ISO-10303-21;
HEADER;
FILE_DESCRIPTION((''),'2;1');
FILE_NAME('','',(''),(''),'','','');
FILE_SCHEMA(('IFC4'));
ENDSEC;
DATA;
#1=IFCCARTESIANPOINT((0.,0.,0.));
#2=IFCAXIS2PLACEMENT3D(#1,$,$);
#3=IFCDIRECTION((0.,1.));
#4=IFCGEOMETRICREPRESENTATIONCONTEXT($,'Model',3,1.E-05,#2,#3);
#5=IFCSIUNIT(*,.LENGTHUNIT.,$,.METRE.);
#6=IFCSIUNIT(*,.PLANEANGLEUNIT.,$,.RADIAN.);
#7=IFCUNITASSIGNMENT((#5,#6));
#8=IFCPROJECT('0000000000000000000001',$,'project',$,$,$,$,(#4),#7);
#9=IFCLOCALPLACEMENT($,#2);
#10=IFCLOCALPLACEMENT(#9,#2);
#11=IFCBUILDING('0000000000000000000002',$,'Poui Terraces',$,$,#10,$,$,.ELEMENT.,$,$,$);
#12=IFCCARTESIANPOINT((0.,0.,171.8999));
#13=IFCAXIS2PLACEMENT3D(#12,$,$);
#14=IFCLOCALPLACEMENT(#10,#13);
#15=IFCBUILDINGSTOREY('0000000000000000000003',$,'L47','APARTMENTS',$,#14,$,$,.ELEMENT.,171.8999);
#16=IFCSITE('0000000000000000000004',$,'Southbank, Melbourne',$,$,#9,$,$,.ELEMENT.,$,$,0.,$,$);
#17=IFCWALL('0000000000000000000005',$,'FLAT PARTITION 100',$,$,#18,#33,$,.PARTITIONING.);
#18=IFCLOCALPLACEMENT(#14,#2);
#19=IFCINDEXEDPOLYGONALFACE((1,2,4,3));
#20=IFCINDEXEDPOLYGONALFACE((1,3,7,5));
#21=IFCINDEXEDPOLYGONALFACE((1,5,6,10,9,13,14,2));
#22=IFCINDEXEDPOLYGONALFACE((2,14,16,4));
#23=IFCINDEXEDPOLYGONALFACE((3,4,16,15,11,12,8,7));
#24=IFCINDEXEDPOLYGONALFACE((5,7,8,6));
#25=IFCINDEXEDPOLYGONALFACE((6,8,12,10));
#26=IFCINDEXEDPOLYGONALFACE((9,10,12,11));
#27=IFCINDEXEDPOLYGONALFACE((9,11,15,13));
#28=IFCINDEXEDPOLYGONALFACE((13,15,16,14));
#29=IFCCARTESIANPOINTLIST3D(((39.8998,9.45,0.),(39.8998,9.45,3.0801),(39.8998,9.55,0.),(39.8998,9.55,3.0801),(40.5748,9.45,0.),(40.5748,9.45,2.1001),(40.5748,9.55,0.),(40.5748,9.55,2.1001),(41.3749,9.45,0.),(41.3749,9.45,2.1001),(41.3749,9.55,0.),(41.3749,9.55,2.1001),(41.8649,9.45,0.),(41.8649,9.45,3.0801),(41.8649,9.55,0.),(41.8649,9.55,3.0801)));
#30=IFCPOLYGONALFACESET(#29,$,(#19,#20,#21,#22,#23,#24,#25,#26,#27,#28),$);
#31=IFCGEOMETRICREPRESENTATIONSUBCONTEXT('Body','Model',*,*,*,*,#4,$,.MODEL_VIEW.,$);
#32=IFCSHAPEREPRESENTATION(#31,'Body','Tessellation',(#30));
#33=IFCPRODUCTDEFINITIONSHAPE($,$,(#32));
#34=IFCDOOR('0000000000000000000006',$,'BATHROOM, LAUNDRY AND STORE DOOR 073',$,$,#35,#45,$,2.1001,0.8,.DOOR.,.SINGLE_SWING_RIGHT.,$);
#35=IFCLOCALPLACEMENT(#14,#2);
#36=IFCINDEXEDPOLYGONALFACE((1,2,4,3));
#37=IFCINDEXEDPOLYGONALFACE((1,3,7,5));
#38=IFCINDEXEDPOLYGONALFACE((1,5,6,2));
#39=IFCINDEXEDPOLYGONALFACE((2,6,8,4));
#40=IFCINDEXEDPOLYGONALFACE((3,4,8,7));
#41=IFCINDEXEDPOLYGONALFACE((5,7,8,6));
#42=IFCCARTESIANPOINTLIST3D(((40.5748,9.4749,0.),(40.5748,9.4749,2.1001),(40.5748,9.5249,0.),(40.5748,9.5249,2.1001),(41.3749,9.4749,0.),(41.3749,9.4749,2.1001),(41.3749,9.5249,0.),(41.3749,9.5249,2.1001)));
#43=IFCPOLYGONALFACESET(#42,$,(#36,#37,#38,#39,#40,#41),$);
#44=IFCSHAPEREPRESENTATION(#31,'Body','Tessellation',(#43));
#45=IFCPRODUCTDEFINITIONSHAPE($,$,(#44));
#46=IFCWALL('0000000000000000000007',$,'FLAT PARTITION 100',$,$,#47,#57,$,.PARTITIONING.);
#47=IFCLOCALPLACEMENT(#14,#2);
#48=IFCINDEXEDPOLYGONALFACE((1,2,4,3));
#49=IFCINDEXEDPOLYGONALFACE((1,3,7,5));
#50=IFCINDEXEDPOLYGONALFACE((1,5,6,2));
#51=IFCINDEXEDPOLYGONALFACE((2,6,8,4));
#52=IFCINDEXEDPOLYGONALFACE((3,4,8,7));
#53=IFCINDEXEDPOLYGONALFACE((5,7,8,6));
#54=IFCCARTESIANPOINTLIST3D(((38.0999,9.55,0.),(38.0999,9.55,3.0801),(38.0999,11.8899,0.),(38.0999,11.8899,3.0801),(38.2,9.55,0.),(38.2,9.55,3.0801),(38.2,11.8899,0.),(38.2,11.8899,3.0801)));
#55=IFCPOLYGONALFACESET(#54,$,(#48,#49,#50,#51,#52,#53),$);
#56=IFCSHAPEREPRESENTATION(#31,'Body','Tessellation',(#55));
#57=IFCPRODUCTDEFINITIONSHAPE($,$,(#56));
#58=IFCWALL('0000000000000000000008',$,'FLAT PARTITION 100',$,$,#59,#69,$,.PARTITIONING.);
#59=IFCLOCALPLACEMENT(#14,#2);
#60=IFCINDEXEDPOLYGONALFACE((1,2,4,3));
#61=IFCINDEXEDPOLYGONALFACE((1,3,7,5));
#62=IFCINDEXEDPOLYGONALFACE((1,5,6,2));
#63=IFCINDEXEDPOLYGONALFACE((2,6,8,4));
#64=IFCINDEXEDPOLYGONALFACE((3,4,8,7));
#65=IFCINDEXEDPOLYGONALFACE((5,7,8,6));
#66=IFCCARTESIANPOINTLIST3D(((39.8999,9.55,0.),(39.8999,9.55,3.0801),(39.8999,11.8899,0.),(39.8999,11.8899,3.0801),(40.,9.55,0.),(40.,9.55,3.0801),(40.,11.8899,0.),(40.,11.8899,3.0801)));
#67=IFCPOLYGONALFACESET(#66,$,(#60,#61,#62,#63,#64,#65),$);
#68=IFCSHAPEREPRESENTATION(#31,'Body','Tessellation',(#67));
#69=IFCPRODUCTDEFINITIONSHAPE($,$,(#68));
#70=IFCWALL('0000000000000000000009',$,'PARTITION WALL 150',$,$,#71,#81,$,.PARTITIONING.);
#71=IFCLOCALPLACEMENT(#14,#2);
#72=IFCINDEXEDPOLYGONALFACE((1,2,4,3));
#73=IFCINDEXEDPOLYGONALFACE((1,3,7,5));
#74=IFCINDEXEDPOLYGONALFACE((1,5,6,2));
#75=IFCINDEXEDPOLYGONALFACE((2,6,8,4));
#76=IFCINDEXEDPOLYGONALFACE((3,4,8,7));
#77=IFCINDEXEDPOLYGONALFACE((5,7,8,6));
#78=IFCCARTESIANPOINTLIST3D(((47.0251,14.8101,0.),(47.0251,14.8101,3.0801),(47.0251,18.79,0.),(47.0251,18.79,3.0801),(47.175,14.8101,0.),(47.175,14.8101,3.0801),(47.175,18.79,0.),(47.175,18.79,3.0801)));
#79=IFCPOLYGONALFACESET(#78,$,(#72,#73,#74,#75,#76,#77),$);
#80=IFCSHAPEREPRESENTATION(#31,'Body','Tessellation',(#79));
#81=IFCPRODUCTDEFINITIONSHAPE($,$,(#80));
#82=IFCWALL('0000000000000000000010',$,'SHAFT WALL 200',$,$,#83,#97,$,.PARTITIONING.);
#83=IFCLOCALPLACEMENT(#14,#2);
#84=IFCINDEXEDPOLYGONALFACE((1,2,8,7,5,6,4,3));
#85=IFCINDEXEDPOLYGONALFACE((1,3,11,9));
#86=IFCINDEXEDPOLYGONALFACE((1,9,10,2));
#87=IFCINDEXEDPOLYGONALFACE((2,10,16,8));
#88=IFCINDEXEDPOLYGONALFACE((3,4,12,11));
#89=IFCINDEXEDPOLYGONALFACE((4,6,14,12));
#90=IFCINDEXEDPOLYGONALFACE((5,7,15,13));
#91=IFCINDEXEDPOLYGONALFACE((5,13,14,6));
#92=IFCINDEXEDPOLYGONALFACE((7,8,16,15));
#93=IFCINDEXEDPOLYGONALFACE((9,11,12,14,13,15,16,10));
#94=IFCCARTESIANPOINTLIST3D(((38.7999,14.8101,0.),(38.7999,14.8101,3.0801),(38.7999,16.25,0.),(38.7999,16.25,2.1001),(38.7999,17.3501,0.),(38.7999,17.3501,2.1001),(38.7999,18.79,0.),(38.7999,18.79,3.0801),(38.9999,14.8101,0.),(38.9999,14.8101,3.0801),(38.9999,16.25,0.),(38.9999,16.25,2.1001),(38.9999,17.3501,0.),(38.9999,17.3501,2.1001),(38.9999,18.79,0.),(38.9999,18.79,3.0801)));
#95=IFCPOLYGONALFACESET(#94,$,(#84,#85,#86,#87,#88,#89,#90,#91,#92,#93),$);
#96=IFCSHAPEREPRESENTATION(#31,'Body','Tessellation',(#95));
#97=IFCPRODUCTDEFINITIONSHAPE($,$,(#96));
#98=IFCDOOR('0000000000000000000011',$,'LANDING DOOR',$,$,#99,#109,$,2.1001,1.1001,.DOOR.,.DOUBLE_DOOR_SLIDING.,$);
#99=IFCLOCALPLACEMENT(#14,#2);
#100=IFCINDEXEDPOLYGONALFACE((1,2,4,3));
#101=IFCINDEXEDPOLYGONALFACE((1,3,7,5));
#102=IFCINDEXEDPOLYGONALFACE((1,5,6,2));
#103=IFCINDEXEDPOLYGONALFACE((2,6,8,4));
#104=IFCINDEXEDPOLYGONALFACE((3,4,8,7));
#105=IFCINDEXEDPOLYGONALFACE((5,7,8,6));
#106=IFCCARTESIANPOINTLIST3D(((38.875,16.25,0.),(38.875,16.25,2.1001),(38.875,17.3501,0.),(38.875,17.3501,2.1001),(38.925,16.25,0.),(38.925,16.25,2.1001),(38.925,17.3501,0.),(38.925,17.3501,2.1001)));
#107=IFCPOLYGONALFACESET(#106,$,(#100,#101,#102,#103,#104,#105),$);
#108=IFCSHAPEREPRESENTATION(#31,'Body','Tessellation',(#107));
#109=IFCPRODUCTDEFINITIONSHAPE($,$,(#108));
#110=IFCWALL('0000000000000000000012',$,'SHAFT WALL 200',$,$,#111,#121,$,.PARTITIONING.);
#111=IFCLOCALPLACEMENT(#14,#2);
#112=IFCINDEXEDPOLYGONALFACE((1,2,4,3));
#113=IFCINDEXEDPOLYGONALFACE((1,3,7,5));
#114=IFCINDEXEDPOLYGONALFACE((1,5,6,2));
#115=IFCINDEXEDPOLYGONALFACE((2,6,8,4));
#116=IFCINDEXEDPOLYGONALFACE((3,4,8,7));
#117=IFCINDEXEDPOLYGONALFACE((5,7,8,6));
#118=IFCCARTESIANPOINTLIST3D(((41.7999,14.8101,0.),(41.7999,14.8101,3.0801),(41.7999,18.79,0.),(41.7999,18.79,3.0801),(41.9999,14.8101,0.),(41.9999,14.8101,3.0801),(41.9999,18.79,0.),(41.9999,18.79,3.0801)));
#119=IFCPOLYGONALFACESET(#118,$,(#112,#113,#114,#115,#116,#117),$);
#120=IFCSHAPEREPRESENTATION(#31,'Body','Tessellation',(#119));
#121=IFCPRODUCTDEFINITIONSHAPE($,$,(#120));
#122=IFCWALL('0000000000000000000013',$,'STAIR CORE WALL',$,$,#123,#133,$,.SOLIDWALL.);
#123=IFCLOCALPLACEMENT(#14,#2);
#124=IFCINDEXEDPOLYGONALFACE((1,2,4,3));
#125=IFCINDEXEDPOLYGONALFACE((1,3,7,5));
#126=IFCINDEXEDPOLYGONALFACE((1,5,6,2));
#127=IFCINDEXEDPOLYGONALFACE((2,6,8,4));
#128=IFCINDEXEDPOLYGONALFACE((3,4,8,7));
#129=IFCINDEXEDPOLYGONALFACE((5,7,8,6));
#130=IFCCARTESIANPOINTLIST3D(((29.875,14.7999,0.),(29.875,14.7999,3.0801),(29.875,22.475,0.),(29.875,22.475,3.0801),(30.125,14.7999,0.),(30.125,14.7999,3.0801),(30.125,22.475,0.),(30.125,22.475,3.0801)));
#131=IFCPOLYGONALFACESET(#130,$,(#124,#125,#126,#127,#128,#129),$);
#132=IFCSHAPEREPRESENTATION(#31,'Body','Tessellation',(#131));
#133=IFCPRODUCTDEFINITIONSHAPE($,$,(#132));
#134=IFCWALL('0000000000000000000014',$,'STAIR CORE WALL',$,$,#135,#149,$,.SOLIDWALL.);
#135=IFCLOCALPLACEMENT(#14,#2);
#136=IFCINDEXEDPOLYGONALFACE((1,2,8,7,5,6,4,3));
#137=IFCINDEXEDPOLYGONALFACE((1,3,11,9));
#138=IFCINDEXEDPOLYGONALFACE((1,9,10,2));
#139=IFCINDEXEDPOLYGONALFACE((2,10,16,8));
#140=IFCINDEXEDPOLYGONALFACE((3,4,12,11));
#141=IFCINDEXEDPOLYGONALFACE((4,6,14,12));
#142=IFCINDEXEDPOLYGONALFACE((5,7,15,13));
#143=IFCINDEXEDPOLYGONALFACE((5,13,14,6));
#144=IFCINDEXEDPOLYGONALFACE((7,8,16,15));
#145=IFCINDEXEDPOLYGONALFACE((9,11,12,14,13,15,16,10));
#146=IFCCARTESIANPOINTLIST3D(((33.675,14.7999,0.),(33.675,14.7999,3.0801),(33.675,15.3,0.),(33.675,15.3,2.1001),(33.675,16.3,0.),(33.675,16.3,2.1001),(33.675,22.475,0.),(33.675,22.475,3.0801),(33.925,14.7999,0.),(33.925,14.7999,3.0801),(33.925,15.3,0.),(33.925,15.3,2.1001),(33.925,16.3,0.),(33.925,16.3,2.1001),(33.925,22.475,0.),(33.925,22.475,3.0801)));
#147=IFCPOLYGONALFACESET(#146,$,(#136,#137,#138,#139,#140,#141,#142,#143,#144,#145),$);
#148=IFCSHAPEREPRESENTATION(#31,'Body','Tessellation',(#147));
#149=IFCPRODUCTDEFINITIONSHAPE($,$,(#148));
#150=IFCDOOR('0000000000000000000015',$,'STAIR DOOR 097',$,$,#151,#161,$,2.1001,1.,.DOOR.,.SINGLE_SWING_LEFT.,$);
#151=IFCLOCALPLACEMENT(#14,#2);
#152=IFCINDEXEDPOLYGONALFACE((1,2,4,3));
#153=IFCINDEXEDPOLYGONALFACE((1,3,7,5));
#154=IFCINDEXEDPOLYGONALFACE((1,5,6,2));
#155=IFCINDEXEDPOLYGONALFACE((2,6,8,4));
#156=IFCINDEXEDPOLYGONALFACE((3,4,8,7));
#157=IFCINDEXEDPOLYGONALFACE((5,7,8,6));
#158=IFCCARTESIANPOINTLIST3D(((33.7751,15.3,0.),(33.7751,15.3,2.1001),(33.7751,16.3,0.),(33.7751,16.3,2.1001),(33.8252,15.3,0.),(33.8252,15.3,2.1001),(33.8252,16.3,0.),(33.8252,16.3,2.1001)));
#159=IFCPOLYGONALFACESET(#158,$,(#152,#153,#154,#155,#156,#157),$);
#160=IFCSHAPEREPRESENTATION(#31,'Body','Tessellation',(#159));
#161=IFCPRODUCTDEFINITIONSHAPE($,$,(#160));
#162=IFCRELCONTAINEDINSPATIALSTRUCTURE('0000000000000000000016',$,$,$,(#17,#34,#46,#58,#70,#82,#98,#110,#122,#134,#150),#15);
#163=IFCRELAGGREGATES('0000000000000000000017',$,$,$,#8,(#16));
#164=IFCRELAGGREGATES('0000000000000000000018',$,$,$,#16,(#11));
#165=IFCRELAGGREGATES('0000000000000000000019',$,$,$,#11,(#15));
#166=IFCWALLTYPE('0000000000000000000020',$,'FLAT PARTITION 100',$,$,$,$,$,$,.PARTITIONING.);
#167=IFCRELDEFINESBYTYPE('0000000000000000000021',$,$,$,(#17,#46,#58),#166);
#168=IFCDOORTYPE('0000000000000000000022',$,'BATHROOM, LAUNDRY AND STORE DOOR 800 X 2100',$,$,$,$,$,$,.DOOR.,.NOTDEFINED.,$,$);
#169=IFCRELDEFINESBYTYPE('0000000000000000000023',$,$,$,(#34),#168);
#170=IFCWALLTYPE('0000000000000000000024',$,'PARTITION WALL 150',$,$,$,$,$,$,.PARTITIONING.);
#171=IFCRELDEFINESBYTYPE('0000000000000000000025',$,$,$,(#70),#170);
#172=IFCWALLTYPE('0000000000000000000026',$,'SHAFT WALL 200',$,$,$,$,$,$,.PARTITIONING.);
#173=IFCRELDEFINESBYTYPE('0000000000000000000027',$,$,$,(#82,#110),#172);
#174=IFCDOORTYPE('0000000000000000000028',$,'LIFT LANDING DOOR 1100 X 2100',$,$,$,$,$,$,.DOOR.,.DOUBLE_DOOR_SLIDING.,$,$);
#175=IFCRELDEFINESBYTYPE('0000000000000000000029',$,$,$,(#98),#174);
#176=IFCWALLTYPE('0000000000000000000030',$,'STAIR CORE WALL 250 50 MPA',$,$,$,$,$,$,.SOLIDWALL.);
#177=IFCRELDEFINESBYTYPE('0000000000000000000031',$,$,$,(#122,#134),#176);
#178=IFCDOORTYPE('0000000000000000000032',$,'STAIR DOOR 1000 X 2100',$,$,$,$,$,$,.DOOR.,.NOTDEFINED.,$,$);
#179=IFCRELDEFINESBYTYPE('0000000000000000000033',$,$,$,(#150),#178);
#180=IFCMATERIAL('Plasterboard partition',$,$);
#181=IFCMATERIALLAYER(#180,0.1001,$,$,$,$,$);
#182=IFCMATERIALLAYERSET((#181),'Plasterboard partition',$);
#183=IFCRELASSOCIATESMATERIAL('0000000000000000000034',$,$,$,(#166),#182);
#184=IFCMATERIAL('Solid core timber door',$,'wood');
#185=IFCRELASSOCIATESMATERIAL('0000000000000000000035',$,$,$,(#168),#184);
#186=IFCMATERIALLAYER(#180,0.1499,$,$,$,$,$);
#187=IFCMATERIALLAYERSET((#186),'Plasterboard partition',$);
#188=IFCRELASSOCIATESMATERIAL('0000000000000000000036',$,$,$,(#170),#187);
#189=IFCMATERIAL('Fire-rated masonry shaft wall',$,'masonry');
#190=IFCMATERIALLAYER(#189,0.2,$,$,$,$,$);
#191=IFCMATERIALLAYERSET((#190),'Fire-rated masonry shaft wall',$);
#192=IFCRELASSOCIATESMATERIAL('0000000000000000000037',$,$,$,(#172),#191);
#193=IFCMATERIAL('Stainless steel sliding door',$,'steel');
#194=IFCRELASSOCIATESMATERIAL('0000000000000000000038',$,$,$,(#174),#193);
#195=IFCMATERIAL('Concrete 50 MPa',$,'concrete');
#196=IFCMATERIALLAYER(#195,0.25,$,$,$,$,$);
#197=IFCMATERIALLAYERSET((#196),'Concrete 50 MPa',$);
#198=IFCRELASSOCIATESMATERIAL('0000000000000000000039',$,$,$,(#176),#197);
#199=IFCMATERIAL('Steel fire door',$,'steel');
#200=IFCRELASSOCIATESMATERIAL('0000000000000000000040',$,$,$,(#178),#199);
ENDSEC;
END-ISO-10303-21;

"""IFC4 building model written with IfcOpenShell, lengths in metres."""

from ifc_helpers import new_model, si_unit, direction, frame, frame_2d, origin, place, context, subcontext, project, spatial, rectangle, extrude, material, layer, layer_set, type_object, element, fill, save


model = new_model("IFC4")

# Units and contexts
model_context = context("Model", 3, precision=1e-05, world=origin(), true_north=direction((0.0, 1.0)))
body_context = subcontext(model_context, "Body", "Model", "MODEL_VIEW")
ifc_project = project(units=[si_unit("LENGTHUNIT", "METRE"), si_unit("PLANEANGLEUNIT", "RADIAN")], contexts=[model_context])

# Site, building, storey
site_placement = place(None, origin())
site = spatial("IfcSite", under=ifc_project, at=site_placement, Name="Southbank, Melbourne", CompositionType="ELEMENT", RefElevation=0.0)
building_placement = place(site_placement, origin())
building = spatial("IfcBuilding", under=site, at=building_placement, Name="Poui Terraces", CompositionType="ELEMENT")
storey_placement = place(building_placement, frame((0.0, 0.0, 171.8999)))
storey = spatial("IfcBuildingStorey", under=building, at=storey_placement, Name="L47", Description="APARTMENTS", CompositionType="ELEMENT", Elevation=171.8999)

# Shared definitions
ifc_material_1 = material(Name="Concrete 50 MPa", Category="concrete")

# Shared definitions
ifc_material_2 = material(Name="Steel fire door", Category="steel")

# Wall, opening, door
ifc_material_3 = material(Name="Plasterboard partition")
ifc_layer_1 = layer(ifc_material_3, 0.1001)
ifc_layer_set_1 = layer_set([ifc_layer_1], Name="Plasterboard partition")
wall_type_1 = type_object("IfcWallType", Name="FLAT PARTITION 100", PredefinedType="PARTITIONING", material=ifc_layer_set_1)
wall_1_placement = place(storey_placement, frame((39.8999, 9.5, 0.0), z_axis=(0.0, 0.0, 1.0), x_axis=(1.0, 0.0, 0.0)))
wall_1 = element("IfcWall", 1, at=wall_1_placement, inside=storey, type_object=wall_type_1, Name="FLAT PARTITION 100", PredefinedType="PARTITIONING", context=body_context, shape_type="SweptSolid", body=[
    extrude(rectangle(XDim=1.9651, YDim=0.1001, at=frame_2d((0.9824, 0.0))), origin(), (0.0, 0.0, 1.0), 3.0801),
])
opening_1_placement = place(wall_1_placement, frame((0.675, 0.0, 0.0)))
opening_1 = element("IfcOpeningElement", 2, at=opening_1_placement, cuts=wall_1, PredefinedType="OPENING", context=body_context, shape_type="SweptSolid", body=[
    extrude(rectangle(XDim=0.8, YDim=2.1001, at=frame_2d((0.3999, 1.05))), frame((0.0, 0.0601, 0.0), z_axis=(0.0, -1.0, 0.0), x_axis=(1.0, 0.0, 0.0)), (0.0, 0.0, 1.0), 0.1201),
])
ifc_material_4 = material(Name="Solid core timber door", Category="wood")
door_type_1 = type_object("IfcDoorType", Name="BATHROOM, LAUNDRY AND STORE DOOR 800 X 2100", OperationType="NOTDEFINED", PredefinedType="DOOR", material=ifc_material_4)
door_1_placement = place(opening_1_placement, origin())
door_1 = element("IfcDoor", 3, at=door_1_placement, inside=storey, type_object=door_type_1, Name="BATHROOM, LAUNDRY AND STORE DOOR 073", OperationType="SINGLE_SWING_RIGHT", OverallHeight=2.1001, OverallWidth=0.8, PredefinedType="DOOR", context=body_context, shape_type="SweptSolid", body=[
    extrude(rectangle(XDim=0.8, YDim=2.1001, at=frame_2d((0.3999, 1.05))), frame((0.0, 0.0249, 0.0), z_axis=(0.0, -1.0, 0.0), x_axis=(1.0, 0.0, 0.0)), (0.0, 0.0, 1.0), 0.05),
])
fill(opening_1, door_1)

# Walls
for number, where, z_axis, x_axis, name in (
    (4, (38.1499, 9.55, 0.0), (0.0, 0.0, 1.0), (0.0, 1.0, 0.0), "FLAT PARTITION 100"),
    (5, (39.95, 9.55, 0.0), (0.0, 0.0, 1.0), (0.0, 1.0, 0.0), "FLAT PARTITION 100"),
):
    element("IfcWall", number, at=place(storey_placement, frame(where, z_axis=z_axis, x_axis=x_axis)), inside=storey, type_object=wall_type_1, Name=name, PredefinedType="PARTITIONING", context=body_context, shape_type="SweptSolid", body=[
        extrude(rectangle(XDim=2.3398, YDim=0.1001, at=frame_2d((1.1699, 0.0))), origin(), (0.0, 0.0, 1.0), 3.0801),
    ])
ifc_layer_2 = layer(ifc_material_3, 0.1499)
ifc_layer_set_2 = layer_set([ifc_layer_2], Name="Plasterboard partition")
wall_type_2 = type_object("IfcWallType", Name="PARTITION WALL 150", PredefinedType="PARTITIONING", material=ifc_layer_set_2)
wall_2_placement = place(storey_placement, frame((47.1001, 14.8101, 0.0), z_axis=(0.0, 0.0, 1.0), x_axis=(0.0, 1.0, 0.0)))
element("IfcWall", 6, at=wall_2_placement, inside=storey, type_object=wall_type_2, Name="PARTITION WALL 150", PredefinedType="PARTITIONING", context=body_context, shape_type="SweptSolid", body=[
    extrude(rectangle(XDim=3.98, YDim=0.1499, at=frame_2d((1.99, 0.0))), origin(), (0.0, 0.0, 1.0), 3.0801),
])

# Wall, opening, door
ifc_material_5 = material(Name="Fire-rated masonry shaft wall", Category="masonry")
ifc_layer_3 = layer(ifc_material_5, 0.2)
ifc_layer_set_3 = layer_set([ifc_layer_3], Name="Fire-rated masonry shaft wall")
wall_type_3 = type_object("IfcWallType", Name="SHAFT WALL 200", PredefinedType="PARTITIONING", material=ifc_layer_set_3)
wall_3_placement = place(storey_placement, frame((38.8999, 14.8101, 0.0), z_axis=(0.0, 0.0, 1.0), x_axis=(0.0, 1.0, 0.0)))
wall_3 = element("IfcWall", 7, at=wall_3_placement, inside=storey, type_object=wall_type_3, Name="SHAFT WALL 200", PredefinedType="PARTITIONING", context=body_context, shape_type="SweptSolid", body=[
    extrude(rectangle(XDim=3.98, YDim=0.2, at=frame_2d((1.99, 0.0))), origin(), (0.0, 0.0, 1.0), 3.0801),
])
opening_2_placement = place(wall_3_placement, frame((1.4399, 0.0, 0.0)))
opening_2 = element("IfcOpeningElement", 8, at=opening_2_placement, cuts=wall_3, PredefinedType="OPENING", context=body_context, shape_type="SweptSolid", body=[
    extrude(rectangle(XDim=1.1001, YDim=2.1001, at=frame_2d((0.55, 1.05))), frame((0.0, 0.1099, 0.0), z_axis=(0.0, -1.0, 0.0), x_axis=(1.0, 0.0, 0.0)), (0.0, 0.0, 1.0), 0.22),
])
ifc_material_6 = material(Name="Stainless steel sliding door", Category="steel")
door_type_2 = type_object("IfcDoorType", Name="LIFT LANDING DOOR 1100 X 2100", OperationType="DOUBLE_DOOR_SLIDING", PredefinedType="DOOR", material=ifc_material_6)
door_2_placement = place(opening_2_placement, origin())
door_2 = element("IfcDoor", 9, at=door_2_placement, inside=storey, type_object=door_type_2, Name="LANDING DOOR", OperationType="DOUBLE_DOOR_SLIDING", OverallHeight=2.1001, OverallWidth=1.1001, PredefinedType="DOOR", context=body_context, shape_type="SweptSolid", body=[
    extrude(rectangle(XDim=1.1001, YDim=2.1001, at=frame_2d((0.55, 1.05))), frame((0.0, 0.0249, 0.0), z_axis=(0.0, -1.0, 0.0), x_axis=(1.0, 0.0, 0.0)), (0.0, 0.0, 1.0), 0.05),
])
fill(opening_2, door_2)

# Walls
wall_4_placement = place(storey_placement, frame((41.8999, 14.8101, 0.0), z_axis=(0.0, 0.0, 1.0), x_axis=(0.0, 1.0, 0.0)))
element("IfcWall", 10, at=wall_4_placement, inside=storey, type_object=wall_type_3, Name="SHAFT WALL 200", PredefinedType="PARTITIONING", context=body_context, shape_type="SweptSolid", body=[
    extrude(rectangle(XDim=3.98, YDim=0.2, at=frame_2d((1.99, 0.0))), origin(), (0.0, 0.0, 1.0), 3.0801),
])
ifc_layer_4 = layer(ifc_material_1, 0.25)
ifc_layer_set_4 = layer_set([ifc_layer_4], Name="Concrete 50 MPa")
wall_type_4 = type_object("IfcWallType", Name="STAIR CORE WALL 250 50 MPA", PredefinedType="SOLIDWALL", material=ifc_layer_set_4)
wall_5_placement = place(storey_placement, frame((30.0, 14.8, 0.0), z_axis=(0.0, 0.0, 1.0), x_axis=(0.0, 1.0, 0.0)))
element("IfcWall", 11, at=wall_5_placement, inside=storey, type_object=wall_type_4, Name="STAIR CORE WALL", PredefinedType="SOLIDWALL", context=body_context, shape_type="SweptSolid", body=[
    extrude(rectangle(XDim=7.675, YDim=0.25, at=frame_2d((3.8374, 0.0))), origin(), (0.0, 0.0, 1.0), 3.0801),
])

# Wall, opening, door
wall_6_placement = place(storey_placement, frame((33.8, 14.8, 0.0), z_axis=(0.0, 0.0, 1.0), x_axis=(0.0, 1.0, 0.0)))
wall_6 = element("IfcWall", 12, at=wall_6_placement, inside=storey, type_object=wall_type_4, Name="STAIR CORE WALL", PredefinedType="SOLIDWALL", context=body_context, shape_type="SweptSolid", body=[
    extrude(rectangle(XDim=7.675, YDim=0.25, at=frame_2d((3.8374, 0.0))), origin(), (0.0, 0.0, 1.0), 3.0801),
])
opening_3_placement = place(wall_6_placement, frame((0.5, 0.0, 0.0)))
opening_3 = element("IfcOpeningElement", 13, at=opening_3_placement, cuts=wall_6, PredefinedType="OPENING", context=body_context, shape_type="SweptSolid", body=[
    extrude(rectangle(XDim=1.0, YDim=2.1001, at=frame_2d((0.5, 1.05))), frame((0.0, 0.135, 0.0), z_axis=(0.0, -1.0, 0.0), x_axis=(1.0, 0.0, 0.0)), (0.0, 0.0, 1.0), 0.27),
])
door_type_3 = type_object("IfcDoorType", Name="STAIR DOOR 1000 X 2100", OperationType="NOTDEFINED", PredefinedType="DOOR", material=ifc_material_2)
door_3_placement = place(opening_3_placement, origin())
door_3 = element("IfcDoor", 14, at=door_3_placement, inside=storey, type_object=door_type_3, Name="STAIR DOOR 097", OperationType="SINGLE_SWING_LEFT", OverallHeight=2.1001, OverallWidth=1.0, PredefinedType="DOOR", context=body_context, shape_type="SweptSolid", body=[
    extrude(rectangle(XDim=1.0, YDim=2.1001, at=frame_2d((0.5, 1.05))), frame((0.0, 0.0249, 0.0), z_axis=(0.0, -1.0, 0.0), x_axis=(1.0, 0.0, 0.0)), (0.0, 0.0, 1.0), 0.05),
])
fill(opening_3, door_3)

save(model, "model.ifc")
